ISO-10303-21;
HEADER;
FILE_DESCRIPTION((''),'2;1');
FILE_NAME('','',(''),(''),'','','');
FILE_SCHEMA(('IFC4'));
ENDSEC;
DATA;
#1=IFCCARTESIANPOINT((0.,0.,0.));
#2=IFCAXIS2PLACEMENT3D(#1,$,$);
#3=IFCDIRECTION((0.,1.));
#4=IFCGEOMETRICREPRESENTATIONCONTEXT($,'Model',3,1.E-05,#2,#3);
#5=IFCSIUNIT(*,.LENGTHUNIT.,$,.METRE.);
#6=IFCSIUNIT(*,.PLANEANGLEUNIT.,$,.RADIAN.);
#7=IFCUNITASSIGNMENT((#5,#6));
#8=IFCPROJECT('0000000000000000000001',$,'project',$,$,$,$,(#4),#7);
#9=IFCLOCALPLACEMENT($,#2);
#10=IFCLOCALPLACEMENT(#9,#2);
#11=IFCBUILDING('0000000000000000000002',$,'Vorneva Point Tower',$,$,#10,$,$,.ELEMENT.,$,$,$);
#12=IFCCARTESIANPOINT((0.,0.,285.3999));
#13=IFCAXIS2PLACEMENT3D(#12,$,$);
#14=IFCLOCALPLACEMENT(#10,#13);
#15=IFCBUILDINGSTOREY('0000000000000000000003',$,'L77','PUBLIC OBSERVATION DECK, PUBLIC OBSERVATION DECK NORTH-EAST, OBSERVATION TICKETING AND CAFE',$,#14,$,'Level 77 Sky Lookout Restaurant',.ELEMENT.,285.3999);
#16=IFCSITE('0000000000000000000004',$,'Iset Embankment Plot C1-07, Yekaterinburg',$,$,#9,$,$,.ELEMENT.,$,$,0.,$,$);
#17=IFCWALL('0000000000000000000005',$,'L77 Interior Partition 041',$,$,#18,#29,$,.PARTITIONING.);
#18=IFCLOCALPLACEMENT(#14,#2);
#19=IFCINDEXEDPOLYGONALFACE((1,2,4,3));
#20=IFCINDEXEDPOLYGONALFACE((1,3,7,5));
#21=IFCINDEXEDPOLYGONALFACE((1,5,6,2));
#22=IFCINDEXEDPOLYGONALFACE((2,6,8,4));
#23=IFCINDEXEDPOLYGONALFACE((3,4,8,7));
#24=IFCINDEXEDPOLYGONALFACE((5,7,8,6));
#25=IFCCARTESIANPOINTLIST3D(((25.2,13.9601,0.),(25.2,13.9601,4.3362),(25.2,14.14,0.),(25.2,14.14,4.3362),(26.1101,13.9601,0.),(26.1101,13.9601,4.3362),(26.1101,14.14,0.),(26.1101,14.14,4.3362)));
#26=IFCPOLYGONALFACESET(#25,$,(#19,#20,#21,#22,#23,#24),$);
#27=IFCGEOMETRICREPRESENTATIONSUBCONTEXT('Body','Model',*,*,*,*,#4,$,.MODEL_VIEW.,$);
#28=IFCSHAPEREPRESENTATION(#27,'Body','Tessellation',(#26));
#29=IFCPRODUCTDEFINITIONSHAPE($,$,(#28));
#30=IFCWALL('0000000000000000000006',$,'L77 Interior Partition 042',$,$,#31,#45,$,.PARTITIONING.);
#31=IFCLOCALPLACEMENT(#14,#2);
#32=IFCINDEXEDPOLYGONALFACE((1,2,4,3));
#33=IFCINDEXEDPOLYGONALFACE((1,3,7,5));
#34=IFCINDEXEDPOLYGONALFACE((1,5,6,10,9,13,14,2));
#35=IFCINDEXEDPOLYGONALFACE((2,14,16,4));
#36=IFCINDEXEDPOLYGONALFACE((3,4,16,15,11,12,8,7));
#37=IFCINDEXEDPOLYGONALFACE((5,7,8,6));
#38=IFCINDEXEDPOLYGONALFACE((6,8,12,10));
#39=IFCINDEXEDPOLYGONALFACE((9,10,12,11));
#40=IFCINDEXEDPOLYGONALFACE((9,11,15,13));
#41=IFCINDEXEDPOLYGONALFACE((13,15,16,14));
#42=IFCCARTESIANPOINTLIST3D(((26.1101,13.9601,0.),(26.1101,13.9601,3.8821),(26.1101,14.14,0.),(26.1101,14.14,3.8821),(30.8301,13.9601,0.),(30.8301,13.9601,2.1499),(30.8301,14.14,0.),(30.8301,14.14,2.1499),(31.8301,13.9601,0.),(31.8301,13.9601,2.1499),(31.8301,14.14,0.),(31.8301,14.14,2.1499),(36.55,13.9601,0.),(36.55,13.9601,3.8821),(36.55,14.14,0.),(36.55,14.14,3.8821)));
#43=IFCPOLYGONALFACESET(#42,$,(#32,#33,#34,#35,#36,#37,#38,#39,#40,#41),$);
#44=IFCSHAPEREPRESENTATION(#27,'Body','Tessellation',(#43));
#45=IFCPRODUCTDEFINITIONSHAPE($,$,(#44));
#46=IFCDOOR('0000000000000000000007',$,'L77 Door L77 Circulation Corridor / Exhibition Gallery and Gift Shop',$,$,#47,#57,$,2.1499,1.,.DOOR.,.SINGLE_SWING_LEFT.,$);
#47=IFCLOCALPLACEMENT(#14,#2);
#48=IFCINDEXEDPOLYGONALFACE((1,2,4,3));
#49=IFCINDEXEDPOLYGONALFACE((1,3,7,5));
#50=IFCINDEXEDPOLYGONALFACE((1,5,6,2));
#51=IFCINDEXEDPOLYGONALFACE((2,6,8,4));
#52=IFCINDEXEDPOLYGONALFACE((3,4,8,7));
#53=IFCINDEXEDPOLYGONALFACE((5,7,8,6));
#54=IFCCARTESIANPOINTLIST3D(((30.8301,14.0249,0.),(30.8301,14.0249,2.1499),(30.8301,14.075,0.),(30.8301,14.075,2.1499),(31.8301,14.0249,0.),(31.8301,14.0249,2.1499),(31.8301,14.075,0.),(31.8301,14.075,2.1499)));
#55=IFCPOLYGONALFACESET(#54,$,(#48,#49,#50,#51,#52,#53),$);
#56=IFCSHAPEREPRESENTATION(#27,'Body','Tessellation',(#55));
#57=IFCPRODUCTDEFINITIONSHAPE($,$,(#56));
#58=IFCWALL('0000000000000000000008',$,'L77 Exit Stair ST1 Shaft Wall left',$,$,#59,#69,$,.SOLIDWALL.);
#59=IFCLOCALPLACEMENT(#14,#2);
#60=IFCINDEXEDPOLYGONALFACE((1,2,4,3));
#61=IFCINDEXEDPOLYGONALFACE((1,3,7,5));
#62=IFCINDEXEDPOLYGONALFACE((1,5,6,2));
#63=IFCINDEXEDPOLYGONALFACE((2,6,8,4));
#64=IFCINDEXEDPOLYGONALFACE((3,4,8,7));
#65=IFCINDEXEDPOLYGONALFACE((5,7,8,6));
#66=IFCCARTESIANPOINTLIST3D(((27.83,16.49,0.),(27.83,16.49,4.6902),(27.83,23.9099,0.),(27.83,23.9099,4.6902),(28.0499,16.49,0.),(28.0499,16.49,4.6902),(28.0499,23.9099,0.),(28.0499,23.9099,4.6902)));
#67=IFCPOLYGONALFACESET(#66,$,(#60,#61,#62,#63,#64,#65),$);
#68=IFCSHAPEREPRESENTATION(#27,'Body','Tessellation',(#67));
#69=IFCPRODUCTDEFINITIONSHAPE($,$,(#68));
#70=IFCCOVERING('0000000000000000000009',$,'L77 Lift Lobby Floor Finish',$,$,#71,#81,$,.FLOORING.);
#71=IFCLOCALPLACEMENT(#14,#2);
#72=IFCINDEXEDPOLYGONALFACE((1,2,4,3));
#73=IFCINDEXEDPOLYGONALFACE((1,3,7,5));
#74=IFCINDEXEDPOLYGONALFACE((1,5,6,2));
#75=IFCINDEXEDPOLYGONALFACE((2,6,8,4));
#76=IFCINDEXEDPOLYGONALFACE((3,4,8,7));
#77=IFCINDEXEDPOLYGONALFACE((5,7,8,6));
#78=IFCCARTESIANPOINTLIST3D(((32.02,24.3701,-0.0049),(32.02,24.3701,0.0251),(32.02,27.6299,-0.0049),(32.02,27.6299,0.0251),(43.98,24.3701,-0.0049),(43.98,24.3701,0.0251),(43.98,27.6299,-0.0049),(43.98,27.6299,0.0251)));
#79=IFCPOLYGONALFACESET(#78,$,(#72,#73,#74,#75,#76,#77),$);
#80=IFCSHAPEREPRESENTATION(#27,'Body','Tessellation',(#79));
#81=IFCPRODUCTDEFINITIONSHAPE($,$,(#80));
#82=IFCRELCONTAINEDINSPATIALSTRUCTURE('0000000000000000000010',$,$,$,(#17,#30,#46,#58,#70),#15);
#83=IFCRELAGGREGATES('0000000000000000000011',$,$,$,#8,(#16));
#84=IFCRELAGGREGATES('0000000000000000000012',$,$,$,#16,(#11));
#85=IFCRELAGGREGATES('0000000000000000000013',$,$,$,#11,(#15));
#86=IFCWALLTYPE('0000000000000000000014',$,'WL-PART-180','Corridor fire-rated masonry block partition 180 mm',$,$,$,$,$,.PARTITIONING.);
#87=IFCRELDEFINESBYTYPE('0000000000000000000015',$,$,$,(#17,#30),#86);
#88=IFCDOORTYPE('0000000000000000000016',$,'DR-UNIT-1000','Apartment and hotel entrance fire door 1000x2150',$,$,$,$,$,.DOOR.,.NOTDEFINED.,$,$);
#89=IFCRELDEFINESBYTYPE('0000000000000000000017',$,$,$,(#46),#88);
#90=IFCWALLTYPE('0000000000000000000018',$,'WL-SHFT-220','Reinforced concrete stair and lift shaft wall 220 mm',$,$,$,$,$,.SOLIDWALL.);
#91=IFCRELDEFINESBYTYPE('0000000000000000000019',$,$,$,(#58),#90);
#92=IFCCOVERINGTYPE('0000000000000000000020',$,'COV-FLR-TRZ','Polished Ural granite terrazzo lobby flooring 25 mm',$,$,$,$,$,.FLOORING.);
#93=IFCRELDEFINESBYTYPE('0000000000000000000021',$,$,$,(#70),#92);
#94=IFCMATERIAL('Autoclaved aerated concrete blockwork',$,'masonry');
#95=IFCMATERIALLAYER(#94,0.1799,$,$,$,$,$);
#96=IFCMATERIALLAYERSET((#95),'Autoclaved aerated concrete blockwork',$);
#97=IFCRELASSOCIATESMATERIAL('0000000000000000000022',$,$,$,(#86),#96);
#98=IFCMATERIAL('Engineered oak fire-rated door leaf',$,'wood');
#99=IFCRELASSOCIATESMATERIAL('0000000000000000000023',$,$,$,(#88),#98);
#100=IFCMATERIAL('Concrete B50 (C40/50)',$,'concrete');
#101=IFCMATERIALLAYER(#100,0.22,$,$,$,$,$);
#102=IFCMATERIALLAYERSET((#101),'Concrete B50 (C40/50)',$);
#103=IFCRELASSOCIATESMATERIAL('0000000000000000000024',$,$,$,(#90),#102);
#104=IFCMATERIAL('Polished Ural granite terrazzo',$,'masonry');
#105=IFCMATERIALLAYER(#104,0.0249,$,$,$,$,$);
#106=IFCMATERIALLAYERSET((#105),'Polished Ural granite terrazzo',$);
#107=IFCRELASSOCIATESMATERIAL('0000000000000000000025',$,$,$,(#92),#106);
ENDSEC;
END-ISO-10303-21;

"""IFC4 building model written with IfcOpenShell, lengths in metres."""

from ifc_helpers import new_model, si_unit, direction, frame, frame_2d, origin, place, context, subcontext, project, spatial, polyline, rectangle, outline, extrude, material, layer, layer_set, type_object, element, fill, save


model = new_model("IFC4")

# Units and contexts
model_context = context("Model", 3, precision=1e-05, world=origin(), true_north=direction((0.0, 1.0)))
body_context = subcontext(model_context, "Body", "Model", "MODEL_VIEW")
ifc_project = project(units=[si_unit("LENGTHUNIT", "METRE"), si_unit("PLANEANGLEUNIT", "RADIAN")], contexts=[model_context])

# Site, building, storey
site_placement = place(None, origin())
site = spatial("IfcSite", under=ifc_project, at=site_placement, Name="Iset Embankment Plot C1-07, Yekaterinburg", CompositionType="ELEMENT", RefElevation=0.0)
building_placement = place(site_placement, origin())
building = spatial("IfcBuilding", under=site, at=building_placement, Name="Vorneva Point Tower", CompositionType="ELEMENT")
storey_placement = place(building_placement, frame((0.0, 0.0, 285.3999)))
storey = spatial("IfcBuildingStorey", under=building, at=storey_placement, Name="L77", Description="PUBLIC OBSERVATION DECK, PUBLIC OBSERVATION DECK NORTH-EAST, OBSERVATION TICKETING AND CAFE", LongName="Level 77 Sky Lookout Restaurant", CompositionType="ELEMENT", Elevation=285.3999)

# Shared definitions
ifc_material_1 = material(Name="Concrete B50 (C40/50)", Category="concrete")

# Wall
ifc_material_2 = material(Name="Autoclaved aerated concrete blockwork", Category="masonry")
ifc_layer_1 = layer(ifc_material_2, 0.1799)
ifc_layer_set_1 = layer_set([ifc_layer_1], Name="Autoclaved aerated concrete blockwork")
wall_type_1 = type_object("IfcWallType", Name="WL-PART-180", Description="Corridor fire-rated masonry block partition 180 mm", PredefinedType="PARTITIONING", material=ifc_layer_set_1)
wall_1_placement = place(storey_placement, frame((25.2, 14.05, 0.0), z_axis=(0.0, 0.0, 1.0), x_axis=(1.0, 0.0, 0.0)))
element("IfcWall", 1, at=wall_1_placement, inside=storey, type_object=wall_type_1, Name="L77 Interior Partition 041", PredefinedType="PARTITIONING", context=body_context, shape_type="SweptSolid", body=[
    extrude(rectangle(XDim=0.9102, YDim=0.1799, at=frame_2d((0.4551, 0.0))), origin(), (0.0, 0.0, 1.0), 4.3362),
])

# Wall, opening, door
wall_2_placement = place(storey_placement, frame((26.1101, 14.05, 0.0), z_axis=(0.0, 0.0, 1.0), x_axis=(1.0, 0.0, 0.0)))
wall_2 = element("IfcWall", 2, at=wall_2_placement, inside=storey, type_object=wall_type_1, Name="L77 Interior Partition 042", PredefinedType="PARTITIONING", context=body_context, shape_type="SweptSolid", body=[
    extrude(rectangle(XDim=10.4399, YDim=0.1799, at=frame_2d((5.22, 0.0))), origin(), (0.0, 0.0, 1.0), 3.8821),
])
opening_1_placement = place(wall_2_placement, frame((4.72, 0.0, 0.0)))
opening_1 = element("IfcOpeningElement", 3, at=opening_1_placement, cuts=wall_2, PredefinedType="OPENING", context=body_context, shape_type="SweptSolid", body=[
    extrude(rectangle(XDim=1.0, YDim=2.1499, at=frame_2d((0.5, 1.075))), frame((0.0, 0.105, 0.0), z_axis=(0.0, -1.0, 0.0), x_axis=(1.0, 0.0, 0.0)), (0.0, 0.0, 1.0), 0.2097),
])
ifc_material_3 = material(Name="Engineered oak fire-rated door leaf", Category="wood")
door_type = type_object("IfcDoorType", Name="DR-UNIT-1000", Description="Apartment and hotel entrance fire door 1000x2150", OperationType="NOTDEFINED", PredefinedType="DOOR", material=ifc_material_3)
door_placement = place(opening_1_placement, origin())
door = element("IfcDoor", 4, at=door_placement, inside=storey, type_object=door_type, Name="L77 Door L77 Circulation Corridor / Exhibition Gallery and Gift Shop", OperationType="SINGLE_SWING_LEFT", OverallHeight=2.1499, OverallWidth=1.0, PredefinedType="DOOR", context=body_context, shape_type="SweptSolid", body=[
    extrude(rectangle(XDim=1.0, YDim=2.1499, at=frame_2d((0.5, 1.075))), frame((0.0, 0.0249, 0.0), z_axis=(0.0, -1.0, 0.0), x_axis=(1.0, 0.0, 0.0)), (0.0, 0.0, 1.0), 0.05),
])
fill(opening_1, door)

# Wall
ifc_layer_2 = layer(ifc_material_1, 0.22)
ifc_layer_set_2 = layer_set([ifc_layer_2], Name="Concrete B50 (C40/50)")
wall_type_2 = type_object("IfcWallType", Name="WL-SHFT-220", Description="Reinforced concrete stair and lift shaft wall 220 mm", PredefinedType="SOLIDWALL", material=ifc_layer_set_2)
wall_3_placement = place(storey_placement, frame((27.9399, 16.49, 0.0), z_axis=(0.0, 0.0, 1.0), x_axis=(0.0, 1.0, 0.0)))
element("IfcWall", 5, at=wall_3_placement, inside=storey, type_object=wall_type_2, Name="L77 Exit Stair ST1 Shaft Wall left", PredefinedType="SOLIDWALL", context=body_context, shape_type="SweptSolid", body=[
    extrude(rectangle(XDim=7.4199, YDim=0.22, at=frame_2d((3.71, 0.0))), origin(), (0.0, 0.0, 1.0), 4.6902),
])

# Covering
ifc_material_4 = material(Name="Polished Ural granite terrazzo", Category="masonry")
ifc_layer_3 = layer(ifc_material_4, 0.0249)
ifc_layer_set_3 = layer_set([ifc_layer_3], Name="Polished Ural granite terrazzo")
covering_type = type_object("IfcCoveringType", Name="COV-FLR-TRZ", Description="Polished Ural granite terrazzo lobby flooring 25 mm", PredefinedType="FLOORING", material=ifc_layer_set_3)
covering_placement = place(storey_placement, frame((0.0, 0.0, -0.0049)))
element("IfcCovering", 6, at=covering_placement, inside=storey, type_object=covering_type, Name="L77 Lift Lobby Floor Finish", PredefinedType="FLOORING", context=body_context, shape_type="SweptSolid", body=[
    extrude(outline(polyline([(32.02, 24.3701), (43.98, 24.3701), (43.98, 27.6299), (32.02, 27.6299), (32.02, 24.3701)])), origin(), (0.0, 0.0, 1.0), 0.03),
])

save(model, "model.ifc")
